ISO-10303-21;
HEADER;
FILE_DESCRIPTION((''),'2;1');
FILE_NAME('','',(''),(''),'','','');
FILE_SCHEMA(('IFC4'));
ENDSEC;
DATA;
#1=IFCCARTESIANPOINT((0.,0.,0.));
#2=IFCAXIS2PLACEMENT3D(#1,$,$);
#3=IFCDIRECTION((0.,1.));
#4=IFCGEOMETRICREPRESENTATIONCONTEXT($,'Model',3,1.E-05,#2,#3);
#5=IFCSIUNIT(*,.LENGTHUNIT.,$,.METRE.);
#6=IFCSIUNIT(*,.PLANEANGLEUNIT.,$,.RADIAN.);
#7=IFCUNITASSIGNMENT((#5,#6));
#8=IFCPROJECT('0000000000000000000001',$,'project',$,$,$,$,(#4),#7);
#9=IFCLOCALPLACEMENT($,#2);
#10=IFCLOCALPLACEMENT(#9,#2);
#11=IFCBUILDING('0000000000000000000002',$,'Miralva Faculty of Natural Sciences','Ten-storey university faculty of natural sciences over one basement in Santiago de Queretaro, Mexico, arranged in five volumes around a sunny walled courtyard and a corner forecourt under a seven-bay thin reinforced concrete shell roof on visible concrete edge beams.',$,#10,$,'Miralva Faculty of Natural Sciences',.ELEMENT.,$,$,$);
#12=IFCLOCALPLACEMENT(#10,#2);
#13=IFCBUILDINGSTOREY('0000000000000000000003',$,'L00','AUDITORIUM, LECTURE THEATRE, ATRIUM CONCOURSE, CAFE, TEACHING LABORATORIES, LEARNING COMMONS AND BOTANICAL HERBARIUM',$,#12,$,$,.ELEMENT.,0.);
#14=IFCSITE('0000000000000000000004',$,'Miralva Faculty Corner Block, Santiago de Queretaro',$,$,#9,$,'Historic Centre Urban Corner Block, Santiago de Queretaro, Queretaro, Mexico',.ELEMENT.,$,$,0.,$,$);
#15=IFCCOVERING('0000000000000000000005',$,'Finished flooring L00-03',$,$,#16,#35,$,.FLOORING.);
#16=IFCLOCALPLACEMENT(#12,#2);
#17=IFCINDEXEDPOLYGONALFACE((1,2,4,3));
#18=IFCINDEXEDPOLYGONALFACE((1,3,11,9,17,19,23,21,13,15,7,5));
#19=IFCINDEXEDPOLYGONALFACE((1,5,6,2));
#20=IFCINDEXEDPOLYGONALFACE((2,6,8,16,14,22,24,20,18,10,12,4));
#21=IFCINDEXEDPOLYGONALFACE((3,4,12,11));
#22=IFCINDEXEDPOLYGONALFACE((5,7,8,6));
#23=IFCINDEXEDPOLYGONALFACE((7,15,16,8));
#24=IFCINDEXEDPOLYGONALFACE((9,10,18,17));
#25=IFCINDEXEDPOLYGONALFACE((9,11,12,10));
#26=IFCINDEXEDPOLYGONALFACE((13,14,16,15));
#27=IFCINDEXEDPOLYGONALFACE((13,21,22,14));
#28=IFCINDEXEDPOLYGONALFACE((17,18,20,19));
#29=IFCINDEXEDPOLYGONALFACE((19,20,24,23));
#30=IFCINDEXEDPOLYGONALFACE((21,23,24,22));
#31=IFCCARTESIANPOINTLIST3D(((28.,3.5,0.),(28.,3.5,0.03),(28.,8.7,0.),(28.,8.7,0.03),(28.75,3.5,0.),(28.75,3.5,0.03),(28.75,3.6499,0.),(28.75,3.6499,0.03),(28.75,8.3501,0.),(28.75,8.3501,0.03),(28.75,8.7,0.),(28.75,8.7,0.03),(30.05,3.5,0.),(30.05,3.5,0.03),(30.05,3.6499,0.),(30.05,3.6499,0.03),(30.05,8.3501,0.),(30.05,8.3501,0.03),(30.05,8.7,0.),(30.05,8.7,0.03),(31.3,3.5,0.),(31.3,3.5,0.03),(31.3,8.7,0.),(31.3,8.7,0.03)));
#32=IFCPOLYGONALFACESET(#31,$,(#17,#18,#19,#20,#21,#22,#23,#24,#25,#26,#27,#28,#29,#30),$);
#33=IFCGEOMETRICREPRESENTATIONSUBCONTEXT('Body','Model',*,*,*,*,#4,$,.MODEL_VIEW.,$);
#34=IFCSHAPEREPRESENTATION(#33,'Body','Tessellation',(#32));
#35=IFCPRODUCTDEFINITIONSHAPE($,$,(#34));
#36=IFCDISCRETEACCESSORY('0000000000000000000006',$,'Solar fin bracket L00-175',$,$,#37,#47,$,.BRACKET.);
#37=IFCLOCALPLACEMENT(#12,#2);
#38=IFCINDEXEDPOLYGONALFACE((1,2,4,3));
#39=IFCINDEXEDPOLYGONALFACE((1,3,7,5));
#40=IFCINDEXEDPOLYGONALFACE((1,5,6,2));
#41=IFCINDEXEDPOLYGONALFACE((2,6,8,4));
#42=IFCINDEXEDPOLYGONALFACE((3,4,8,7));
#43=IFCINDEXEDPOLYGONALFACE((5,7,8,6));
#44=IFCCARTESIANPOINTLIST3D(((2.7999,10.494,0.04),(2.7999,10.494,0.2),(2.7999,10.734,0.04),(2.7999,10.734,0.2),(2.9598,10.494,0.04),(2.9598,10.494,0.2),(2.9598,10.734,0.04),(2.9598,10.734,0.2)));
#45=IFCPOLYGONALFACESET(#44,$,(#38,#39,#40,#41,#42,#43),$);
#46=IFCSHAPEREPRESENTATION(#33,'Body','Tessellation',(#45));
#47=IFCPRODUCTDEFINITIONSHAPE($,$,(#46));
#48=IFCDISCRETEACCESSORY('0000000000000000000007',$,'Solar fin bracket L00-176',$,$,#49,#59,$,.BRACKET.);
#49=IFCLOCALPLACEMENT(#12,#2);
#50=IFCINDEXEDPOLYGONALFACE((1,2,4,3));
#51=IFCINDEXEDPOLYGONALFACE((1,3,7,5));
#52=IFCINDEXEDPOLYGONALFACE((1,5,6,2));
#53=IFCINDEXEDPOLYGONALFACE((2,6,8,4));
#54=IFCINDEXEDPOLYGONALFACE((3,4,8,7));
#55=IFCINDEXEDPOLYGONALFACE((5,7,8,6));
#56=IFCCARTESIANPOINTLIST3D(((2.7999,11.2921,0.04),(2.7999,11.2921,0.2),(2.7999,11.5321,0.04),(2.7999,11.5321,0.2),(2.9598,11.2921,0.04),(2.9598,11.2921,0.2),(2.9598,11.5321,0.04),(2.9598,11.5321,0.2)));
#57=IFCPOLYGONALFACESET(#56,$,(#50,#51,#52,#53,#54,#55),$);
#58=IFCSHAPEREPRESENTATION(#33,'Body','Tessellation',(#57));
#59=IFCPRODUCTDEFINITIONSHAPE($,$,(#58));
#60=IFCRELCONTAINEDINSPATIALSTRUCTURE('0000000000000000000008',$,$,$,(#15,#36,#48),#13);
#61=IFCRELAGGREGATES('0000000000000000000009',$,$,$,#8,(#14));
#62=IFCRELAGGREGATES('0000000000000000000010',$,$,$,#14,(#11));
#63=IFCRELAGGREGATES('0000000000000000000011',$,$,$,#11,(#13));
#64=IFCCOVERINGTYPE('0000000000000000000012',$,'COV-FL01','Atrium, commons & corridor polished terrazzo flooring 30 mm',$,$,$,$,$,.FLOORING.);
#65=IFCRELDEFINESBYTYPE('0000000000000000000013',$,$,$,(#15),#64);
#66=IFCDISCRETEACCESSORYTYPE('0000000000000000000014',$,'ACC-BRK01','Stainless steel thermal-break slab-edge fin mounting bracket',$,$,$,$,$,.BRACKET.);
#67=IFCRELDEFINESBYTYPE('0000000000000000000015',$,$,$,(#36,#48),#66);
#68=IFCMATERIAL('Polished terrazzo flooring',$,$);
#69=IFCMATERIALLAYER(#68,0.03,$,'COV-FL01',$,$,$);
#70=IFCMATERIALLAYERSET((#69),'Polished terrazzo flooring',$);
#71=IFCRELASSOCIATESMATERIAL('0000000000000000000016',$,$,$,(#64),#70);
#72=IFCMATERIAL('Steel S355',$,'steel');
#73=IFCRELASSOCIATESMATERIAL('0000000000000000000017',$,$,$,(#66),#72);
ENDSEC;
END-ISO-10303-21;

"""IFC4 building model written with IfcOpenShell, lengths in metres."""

from ifc_helpers import new_model, si_unit, direction, frame, origin, origin_2d, place, context, subcontext, project, spatial, polyline, rectangle, outline, extrude, material, layer, layer_set, type_object, element, save


model = new_model("IFC4")

# Units and contexts
model_context = context("Model", 3, precision=1e-05, world=origin(), true_north=direction((0.0, 1.0)))
body_context = subcontext(model_context, "Body", "Model", "MODEL_VIEW")
ifc_project = project(units=[si_unit("LENGTHUNIT", "METRE"), si_unit("PLANEANGLEUNIT", "RADIAN")], contexts=[model_context])

# Site, building, storey
site_placement = place(None, origin())
site = spatial("IfcSite", under=ifc_project, at=site_placement, Name="Miralva Faculty Corner Block, Santiago de Queretaro", LongName="Historic Centre Urban Corner Block, Santiago de Queretaro, Queretaro, Mexico", CompositionType="ELEMENT", RefElevation=0.0)
building_placement = place(site_placement, origin())
building = spatial("IfcBuilding", under=site, at=building_placement, Name="Miralva Faculty of Natural Sciences", Description="Ten-storey university faculty of natural sciences over one basement in Santiago de Queretaro, Mexico, arranged in five volumes around a sunny walled courtyard and a corner forecourt under a seven-bay thin reinforced concrete shell roof on visible concrete edge beams.", LongName="Miralva Faculty of Natural Sciences", CompositionType="ELEMENT")
storey_placement = place(building_placement, origin())
storey = spatial("IfcBuildingStorey", under=building, at=storey_placement, Name="L00", Description="AUDITORIUM, LECTURE THEATRE, ATRIUM CONCOURSE, CAFE, TEACHING LABORATORIES, LEARNING COMMONS AND BOTANICAL HERBARIUM", CompositionType="ELEMENT", Elevation=0.0)

# Covering
ifc_material_1 = material(Name="Polished terrazzo flooring")
ifc_layer_1 = layer(ifc_material_1, 0.03, Name="COV-FL01")
ifc_layer_set_1 = layer_set([ifc_layer_1], Name="Polished terrazzo flooring")
covering_type_1 = type_object("IfcCoveringType", Name="COV-FL01", Description="Atrium, commons & corridor polished terrazzo flooring 30 mm", PredefinedType="FLOORING", material=ifc_layer_set_1)
covering_1_placement = place(storey_placement, origin())
element("IfcCovering", 1, at=covering_1_placement, inside=storey, type_object=covering_type_1, Name="Finished flooring L00-03", PredefinedType="FLOORING", context=body_context, shape_type="SweptSolid", body=[
    extrude(outline(polyline([(28.0, 8.7), (28.75, 8.7), (28.75, 8.3501), (30.05, 8.3501), (30.05, 8.7), (31.3, 8.7), (31.3, 3.5), (30.05, 3.5), (30.05, 3.6499), (28.75, 3.6499), (28.75, 3.5), (28.0, 3.5), (28.0, 8.7)])), origin(), (0.0, 0.0, 1.0), 0.03),
])

# Discrete accessories
ifc_material_2 = material(Name="Steel S355", Category="steel")
discrete_accessory_type = type_object("IfcDiscreteAccessoryType", Name="ACC-BRK01", Description="Stainless steel thermal-break slab-edge fin mounting bracket", PredefinedType="BRACKET", material=ifc_material_2)
for number, where, z_axis, x_axis, name in (
    (2, (2.8799, 10.614, 0.04), (0.0, 0.0, 1.0), (-1.0, 0.0, 0.0), "Solar fin bracket L00-175"),
    (3, (2.8799, 11.4121, 0.04), (0.0, 0.0, 1.0), (-1.0, 0.0, 0.0), "Solar fin bracket L00-176"),
):
    element("IfcDiscreteAccessory", number, at=place(storey_placement, frame(where, z_axis=z_axis, x_axis=x_axis)), inside=storey, type_object=discrete_accessory_type, Name=name, PredefinedType="BRACKET", context=body_context, shape_type="SweptSolid", body=[
        extrude(rectangle(XDim=0.1599, YDim=0.24, at=origin_2d()), origin(), (0.0, 0.0, 1.0), 0.1599),
    ])

save(model, "model.ifc")
